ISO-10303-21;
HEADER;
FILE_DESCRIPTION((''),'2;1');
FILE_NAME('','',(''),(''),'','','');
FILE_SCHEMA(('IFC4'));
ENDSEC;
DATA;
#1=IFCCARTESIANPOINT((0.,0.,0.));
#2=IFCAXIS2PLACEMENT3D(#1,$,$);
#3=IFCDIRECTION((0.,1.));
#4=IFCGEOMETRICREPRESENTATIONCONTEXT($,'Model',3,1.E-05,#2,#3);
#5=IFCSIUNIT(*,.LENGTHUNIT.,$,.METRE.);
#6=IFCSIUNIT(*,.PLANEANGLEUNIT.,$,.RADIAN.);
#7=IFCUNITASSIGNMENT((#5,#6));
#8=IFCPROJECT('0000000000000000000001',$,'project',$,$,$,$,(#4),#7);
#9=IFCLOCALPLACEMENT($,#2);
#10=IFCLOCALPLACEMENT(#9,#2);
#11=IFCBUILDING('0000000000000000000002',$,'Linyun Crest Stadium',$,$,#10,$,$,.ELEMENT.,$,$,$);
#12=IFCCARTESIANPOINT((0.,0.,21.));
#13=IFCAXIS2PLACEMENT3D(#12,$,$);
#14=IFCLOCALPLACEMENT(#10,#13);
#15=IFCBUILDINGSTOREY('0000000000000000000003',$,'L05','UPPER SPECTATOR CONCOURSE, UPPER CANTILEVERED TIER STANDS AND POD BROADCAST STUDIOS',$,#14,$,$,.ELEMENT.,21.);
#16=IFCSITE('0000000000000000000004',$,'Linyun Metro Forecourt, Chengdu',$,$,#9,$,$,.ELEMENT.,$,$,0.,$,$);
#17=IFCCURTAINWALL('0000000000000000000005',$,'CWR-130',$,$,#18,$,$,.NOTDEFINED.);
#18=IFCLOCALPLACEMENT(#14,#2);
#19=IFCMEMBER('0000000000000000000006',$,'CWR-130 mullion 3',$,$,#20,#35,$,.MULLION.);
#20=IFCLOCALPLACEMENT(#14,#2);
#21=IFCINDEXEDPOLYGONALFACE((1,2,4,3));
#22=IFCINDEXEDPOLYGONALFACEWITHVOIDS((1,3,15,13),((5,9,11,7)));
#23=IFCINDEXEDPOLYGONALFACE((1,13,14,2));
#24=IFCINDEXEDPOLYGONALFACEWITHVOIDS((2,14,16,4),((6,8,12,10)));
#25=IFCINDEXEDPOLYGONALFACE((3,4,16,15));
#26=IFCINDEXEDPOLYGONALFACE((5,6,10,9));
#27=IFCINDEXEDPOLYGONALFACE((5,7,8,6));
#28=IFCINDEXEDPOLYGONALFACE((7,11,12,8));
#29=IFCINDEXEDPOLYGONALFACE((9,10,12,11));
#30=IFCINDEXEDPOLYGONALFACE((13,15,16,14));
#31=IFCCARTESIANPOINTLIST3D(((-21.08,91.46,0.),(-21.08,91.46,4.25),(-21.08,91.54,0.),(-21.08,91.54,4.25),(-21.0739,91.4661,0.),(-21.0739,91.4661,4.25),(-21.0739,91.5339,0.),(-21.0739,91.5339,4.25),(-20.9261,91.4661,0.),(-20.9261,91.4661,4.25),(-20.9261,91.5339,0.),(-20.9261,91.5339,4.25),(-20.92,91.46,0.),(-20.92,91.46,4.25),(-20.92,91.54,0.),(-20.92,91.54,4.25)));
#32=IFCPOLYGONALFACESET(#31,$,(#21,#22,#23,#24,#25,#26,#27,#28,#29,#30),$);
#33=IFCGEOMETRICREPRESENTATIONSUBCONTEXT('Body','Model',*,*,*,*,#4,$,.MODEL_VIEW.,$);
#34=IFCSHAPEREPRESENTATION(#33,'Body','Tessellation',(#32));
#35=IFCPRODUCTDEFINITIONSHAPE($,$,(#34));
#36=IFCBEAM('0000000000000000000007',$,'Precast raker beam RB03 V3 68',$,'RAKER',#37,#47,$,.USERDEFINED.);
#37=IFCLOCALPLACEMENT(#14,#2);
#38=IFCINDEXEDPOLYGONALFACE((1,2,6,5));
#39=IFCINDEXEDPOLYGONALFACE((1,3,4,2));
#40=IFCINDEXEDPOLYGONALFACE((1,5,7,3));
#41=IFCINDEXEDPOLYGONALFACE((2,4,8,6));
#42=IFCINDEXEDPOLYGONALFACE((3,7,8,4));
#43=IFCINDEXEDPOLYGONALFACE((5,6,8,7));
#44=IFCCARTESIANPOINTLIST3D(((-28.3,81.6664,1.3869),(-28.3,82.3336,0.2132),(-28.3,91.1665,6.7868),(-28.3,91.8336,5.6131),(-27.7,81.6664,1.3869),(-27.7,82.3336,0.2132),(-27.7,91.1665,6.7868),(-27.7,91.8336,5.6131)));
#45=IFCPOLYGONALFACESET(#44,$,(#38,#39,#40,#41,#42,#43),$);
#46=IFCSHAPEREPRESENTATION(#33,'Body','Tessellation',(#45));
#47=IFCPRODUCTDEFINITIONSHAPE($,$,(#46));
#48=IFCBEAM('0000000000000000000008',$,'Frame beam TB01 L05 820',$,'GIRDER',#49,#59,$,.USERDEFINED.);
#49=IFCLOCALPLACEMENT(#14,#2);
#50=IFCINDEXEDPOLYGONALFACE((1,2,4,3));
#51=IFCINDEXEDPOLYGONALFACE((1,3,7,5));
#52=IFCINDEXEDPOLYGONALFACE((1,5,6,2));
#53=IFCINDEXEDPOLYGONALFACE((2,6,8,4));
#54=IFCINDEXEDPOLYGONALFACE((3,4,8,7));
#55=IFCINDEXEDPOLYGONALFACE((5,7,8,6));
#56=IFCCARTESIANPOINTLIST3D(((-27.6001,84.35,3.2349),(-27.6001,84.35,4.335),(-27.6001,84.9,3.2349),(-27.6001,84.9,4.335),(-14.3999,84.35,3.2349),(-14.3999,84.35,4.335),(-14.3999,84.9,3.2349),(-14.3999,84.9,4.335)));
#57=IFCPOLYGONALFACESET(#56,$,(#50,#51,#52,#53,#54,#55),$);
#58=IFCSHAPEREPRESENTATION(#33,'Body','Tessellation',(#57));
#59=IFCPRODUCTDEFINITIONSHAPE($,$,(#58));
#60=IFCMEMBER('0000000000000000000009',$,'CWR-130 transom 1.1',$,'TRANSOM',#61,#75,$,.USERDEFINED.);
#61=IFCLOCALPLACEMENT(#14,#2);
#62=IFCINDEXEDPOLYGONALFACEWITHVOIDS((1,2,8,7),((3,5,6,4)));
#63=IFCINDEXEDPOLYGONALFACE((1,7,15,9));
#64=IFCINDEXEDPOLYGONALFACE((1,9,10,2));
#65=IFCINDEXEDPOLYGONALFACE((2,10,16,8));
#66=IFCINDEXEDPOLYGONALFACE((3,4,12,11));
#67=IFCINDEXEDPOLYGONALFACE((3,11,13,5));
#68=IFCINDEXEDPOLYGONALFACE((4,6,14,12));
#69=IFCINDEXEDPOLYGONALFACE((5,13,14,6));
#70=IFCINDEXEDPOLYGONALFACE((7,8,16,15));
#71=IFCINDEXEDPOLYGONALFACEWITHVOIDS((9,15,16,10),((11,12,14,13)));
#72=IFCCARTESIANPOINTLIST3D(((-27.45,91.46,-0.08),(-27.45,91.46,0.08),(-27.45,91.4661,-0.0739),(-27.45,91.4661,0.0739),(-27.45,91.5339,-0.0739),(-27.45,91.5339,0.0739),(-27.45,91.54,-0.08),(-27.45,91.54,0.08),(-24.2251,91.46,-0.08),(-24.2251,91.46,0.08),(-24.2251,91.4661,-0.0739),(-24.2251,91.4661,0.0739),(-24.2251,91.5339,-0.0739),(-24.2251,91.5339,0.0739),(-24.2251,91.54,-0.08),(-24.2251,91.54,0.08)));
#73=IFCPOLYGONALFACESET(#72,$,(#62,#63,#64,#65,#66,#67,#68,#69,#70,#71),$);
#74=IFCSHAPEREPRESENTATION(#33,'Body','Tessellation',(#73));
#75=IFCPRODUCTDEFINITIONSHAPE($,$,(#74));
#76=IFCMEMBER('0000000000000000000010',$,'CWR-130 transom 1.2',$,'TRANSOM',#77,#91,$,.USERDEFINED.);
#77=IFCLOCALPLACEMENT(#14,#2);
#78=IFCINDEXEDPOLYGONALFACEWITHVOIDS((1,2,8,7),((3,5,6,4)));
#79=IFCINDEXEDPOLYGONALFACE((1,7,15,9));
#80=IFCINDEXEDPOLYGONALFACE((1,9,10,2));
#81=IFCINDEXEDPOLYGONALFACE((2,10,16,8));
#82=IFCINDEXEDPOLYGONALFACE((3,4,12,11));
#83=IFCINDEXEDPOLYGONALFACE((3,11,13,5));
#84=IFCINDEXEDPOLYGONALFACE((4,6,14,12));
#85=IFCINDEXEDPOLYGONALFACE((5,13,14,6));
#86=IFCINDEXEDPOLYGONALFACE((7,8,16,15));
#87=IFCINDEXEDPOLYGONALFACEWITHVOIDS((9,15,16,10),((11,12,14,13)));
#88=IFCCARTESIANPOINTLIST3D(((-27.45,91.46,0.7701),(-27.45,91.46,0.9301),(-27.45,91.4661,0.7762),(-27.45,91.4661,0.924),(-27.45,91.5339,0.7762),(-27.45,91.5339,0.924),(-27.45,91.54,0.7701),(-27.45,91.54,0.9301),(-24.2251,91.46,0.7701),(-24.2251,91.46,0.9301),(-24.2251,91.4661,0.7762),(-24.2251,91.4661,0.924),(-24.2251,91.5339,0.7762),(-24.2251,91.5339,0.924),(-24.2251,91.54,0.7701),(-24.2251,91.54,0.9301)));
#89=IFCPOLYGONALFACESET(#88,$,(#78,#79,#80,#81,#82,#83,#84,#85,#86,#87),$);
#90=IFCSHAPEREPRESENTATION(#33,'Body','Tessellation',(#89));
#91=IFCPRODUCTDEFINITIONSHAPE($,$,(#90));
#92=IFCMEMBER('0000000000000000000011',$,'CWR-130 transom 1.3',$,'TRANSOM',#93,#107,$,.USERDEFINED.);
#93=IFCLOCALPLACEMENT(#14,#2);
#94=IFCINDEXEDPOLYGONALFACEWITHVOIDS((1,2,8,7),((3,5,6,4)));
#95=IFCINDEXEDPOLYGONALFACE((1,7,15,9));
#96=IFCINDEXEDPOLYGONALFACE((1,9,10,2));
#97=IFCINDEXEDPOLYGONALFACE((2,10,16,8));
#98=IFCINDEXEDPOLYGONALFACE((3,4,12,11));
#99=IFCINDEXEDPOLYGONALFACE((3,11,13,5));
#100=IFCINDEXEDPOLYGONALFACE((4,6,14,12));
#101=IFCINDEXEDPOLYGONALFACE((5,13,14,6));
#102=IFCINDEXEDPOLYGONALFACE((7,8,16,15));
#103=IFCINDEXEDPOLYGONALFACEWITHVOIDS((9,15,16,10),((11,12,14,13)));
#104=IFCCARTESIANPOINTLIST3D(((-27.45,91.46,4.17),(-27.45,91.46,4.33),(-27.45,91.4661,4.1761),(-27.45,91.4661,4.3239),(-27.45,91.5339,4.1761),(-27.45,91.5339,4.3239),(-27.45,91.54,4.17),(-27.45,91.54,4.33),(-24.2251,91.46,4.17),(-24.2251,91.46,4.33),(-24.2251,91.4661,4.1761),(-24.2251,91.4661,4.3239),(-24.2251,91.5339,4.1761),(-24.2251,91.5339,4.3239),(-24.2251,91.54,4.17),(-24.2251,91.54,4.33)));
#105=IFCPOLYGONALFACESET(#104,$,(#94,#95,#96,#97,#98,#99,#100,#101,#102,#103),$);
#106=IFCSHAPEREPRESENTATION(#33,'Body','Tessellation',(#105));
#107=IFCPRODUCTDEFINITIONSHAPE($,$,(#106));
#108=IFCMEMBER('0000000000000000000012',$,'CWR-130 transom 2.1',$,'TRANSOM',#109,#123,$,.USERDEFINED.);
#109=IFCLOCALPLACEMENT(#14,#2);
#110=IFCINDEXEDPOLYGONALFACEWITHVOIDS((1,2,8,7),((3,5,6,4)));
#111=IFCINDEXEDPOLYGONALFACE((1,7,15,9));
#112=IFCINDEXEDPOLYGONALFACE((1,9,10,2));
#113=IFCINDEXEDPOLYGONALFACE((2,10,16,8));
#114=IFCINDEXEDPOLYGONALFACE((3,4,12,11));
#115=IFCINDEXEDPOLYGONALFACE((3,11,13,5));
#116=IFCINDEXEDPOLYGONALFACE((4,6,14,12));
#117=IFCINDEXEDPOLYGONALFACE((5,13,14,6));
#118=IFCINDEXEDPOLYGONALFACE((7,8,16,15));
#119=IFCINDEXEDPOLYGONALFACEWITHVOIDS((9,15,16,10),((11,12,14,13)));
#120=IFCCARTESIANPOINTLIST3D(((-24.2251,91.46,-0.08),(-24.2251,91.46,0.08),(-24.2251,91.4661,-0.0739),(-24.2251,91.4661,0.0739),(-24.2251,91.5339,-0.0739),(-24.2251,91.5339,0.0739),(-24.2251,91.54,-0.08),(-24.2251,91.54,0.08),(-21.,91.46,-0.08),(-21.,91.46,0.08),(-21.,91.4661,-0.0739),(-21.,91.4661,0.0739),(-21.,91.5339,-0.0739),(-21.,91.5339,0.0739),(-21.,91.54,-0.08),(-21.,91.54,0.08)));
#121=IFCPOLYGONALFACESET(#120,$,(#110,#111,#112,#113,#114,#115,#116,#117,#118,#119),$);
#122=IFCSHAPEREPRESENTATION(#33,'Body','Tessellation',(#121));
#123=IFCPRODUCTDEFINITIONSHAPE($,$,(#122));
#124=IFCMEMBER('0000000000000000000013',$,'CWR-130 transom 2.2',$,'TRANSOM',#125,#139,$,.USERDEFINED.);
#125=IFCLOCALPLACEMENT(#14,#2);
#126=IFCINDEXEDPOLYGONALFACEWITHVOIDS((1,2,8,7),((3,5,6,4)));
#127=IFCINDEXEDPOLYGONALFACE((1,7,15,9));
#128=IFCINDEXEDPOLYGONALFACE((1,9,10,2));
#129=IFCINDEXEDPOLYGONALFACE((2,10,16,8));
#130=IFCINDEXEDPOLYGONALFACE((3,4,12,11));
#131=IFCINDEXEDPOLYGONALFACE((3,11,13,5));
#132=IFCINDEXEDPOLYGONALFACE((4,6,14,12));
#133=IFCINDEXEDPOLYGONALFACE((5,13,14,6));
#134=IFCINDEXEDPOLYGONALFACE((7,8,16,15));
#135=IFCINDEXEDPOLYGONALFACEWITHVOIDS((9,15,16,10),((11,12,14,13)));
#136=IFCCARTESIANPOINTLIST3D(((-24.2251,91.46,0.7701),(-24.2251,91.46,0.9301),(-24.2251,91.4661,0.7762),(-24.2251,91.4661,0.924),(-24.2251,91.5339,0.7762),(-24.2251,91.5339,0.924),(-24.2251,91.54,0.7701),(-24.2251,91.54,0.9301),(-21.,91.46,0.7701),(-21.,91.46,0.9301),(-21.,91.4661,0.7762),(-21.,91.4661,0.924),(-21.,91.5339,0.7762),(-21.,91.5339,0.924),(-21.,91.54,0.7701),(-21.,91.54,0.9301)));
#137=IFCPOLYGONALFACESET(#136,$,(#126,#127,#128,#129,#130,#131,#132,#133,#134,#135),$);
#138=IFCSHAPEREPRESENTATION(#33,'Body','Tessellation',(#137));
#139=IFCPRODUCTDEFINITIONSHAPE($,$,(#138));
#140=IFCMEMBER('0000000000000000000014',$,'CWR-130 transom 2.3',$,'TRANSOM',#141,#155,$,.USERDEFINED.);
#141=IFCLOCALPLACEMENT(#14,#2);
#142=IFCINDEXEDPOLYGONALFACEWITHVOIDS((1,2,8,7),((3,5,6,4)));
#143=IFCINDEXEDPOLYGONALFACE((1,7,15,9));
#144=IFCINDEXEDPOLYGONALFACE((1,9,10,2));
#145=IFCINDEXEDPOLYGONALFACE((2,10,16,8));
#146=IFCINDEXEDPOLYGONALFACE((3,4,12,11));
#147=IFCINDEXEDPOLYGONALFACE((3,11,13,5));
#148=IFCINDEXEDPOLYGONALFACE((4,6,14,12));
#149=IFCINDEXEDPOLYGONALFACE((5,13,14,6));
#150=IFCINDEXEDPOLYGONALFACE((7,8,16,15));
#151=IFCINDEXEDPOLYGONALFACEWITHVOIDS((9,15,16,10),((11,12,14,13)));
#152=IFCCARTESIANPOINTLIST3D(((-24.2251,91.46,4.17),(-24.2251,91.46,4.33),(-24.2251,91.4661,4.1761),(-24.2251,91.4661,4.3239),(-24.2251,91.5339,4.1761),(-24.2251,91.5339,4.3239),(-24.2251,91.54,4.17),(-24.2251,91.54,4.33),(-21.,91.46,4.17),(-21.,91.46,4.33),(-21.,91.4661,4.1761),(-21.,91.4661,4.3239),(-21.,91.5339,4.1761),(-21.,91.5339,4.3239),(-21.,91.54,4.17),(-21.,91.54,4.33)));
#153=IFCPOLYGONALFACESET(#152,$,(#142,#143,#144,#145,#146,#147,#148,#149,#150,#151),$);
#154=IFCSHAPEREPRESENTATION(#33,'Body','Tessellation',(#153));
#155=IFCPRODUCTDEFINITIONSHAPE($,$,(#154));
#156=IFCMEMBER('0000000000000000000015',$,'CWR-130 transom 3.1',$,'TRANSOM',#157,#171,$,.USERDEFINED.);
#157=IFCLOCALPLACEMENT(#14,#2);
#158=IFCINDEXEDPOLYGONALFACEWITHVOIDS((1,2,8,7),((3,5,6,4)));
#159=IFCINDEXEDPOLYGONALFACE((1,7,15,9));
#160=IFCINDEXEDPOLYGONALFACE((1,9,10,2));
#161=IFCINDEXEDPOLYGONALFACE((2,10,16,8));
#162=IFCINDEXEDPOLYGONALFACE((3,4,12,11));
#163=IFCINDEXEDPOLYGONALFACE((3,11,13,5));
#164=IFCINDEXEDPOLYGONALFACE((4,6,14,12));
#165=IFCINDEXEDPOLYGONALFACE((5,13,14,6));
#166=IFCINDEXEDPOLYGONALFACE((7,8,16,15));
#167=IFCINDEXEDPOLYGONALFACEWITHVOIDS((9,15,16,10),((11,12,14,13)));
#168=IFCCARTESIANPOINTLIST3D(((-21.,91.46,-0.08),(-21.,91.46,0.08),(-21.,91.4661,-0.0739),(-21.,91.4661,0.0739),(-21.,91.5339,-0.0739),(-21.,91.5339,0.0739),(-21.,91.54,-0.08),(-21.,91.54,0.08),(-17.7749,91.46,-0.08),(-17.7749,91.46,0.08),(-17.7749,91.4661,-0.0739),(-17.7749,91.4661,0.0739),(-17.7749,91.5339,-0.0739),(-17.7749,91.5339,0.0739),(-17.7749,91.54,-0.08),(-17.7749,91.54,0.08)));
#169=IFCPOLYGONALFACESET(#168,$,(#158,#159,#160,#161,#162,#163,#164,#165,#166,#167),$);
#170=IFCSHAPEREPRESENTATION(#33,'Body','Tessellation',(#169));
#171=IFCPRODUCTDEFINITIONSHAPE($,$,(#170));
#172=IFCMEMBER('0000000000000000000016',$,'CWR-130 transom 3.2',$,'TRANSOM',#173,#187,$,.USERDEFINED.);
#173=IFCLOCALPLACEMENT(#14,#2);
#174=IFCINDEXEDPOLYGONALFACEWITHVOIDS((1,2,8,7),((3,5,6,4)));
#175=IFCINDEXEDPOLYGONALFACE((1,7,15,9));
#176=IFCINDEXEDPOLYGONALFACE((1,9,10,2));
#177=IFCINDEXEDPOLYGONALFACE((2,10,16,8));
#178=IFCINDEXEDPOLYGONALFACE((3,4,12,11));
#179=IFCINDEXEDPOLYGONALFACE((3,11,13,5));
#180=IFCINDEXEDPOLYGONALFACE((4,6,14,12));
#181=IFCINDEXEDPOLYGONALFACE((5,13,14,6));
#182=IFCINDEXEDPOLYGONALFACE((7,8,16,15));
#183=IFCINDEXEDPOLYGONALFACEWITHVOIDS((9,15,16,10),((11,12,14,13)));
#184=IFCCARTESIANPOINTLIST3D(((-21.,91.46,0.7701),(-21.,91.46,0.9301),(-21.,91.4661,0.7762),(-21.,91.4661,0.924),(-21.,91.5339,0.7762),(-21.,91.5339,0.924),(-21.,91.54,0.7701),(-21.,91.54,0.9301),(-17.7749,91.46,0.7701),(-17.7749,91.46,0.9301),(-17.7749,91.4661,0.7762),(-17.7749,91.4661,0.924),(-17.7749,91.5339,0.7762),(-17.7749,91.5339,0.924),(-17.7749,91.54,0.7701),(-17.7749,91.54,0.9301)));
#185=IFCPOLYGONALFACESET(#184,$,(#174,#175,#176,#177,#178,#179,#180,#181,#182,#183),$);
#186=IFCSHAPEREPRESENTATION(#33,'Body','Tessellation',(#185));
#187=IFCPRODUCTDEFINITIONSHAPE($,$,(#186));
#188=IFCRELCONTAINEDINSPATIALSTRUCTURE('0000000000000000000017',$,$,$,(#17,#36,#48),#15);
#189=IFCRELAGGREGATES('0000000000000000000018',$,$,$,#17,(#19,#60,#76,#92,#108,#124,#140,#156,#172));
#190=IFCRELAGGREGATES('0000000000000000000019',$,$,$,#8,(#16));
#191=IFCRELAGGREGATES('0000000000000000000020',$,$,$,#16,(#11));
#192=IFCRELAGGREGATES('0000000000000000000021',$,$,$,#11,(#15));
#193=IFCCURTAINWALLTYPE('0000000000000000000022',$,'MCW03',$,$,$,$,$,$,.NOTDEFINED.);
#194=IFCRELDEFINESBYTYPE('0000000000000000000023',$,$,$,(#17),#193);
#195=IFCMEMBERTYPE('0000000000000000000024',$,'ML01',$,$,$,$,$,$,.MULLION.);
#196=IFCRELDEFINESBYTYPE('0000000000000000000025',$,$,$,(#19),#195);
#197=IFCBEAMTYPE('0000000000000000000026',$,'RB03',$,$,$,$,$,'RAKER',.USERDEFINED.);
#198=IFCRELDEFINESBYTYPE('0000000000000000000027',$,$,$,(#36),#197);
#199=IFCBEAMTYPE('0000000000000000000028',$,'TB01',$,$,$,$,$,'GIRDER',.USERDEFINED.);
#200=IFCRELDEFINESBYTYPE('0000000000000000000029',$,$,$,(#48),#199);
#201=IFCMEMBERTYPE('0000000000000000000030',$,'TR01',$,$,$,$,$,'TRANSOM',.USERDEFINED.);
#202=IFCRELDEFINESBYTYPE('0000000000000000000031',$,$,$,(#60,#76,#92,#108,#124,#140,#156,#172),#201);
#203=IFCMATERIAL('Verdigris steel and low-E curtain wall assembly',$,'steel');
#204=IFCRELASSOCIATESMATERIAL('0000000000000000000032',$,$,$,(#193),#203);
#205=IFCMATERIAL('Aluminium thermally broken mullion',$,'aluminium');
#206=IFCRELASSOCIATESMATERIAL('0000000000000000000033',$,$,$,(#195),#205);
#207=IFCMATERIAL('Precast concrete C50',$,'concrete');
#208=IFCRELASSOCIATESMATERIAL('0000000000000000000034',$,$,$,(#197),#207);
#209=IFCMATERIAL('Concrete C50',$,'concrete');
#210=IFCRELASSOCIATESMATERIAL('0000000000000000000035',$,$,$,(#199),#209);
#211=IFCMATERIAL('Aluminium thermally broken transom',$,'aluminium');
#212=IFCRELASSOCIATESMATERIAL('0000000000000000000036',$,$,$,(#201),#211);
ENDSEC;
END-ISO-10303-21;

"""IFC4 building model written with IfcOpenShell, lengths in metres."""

from ifc_helpers import new_model, si_unit, direction, frame, origin, origin_2d, place, context, subcontext, project, spatial, rectangle, hollow_rectangle, extrude, material, material_profile, profile_set, type_object, element, aggregate, save


model = new_model("IFC4")

# Units and contexts
model_context = context("Model", 3, precision=1e-05, world=origin(), true_north=direction((0.0, 1.0)))
body_context = subcontext(model_context, "Body", "Model", "MODEL_VIEW")
ifc_project = project(units=[si_unit("LENGTHUNIT", "METRE"), si_unit("PLANEANGLEUNIT", "RADIAN")], contexts=[model_context])

# Site, building, storey
site_placement = place(None, origin())
site = spatial("IfcSite", under=ifc_project, at=site_placement, Name="Linyun Metro Forecourt, Chengdu", CompositionType="ELEMENT", RefElevation=0.0)
building_placement = place(site_placement, origin())
building = spatial("IfcBuilding", under=site, at=building_placement, Name="Linyun Crest Stadium", CompositionType="ELEMENT")
storey_placement = place(building_placement, frame((0.0, 0.0, 21.0)))
storey = spatial("IfcBuildingStorey", under=building, at=storey_placement, Name="L05", Description="UPPER SPECTATOR CONCOURSE, UPPER CANTILEVERED TIER STANDS AND POD BROADCAST STUDIOS", CompositionType="ELEMENT", Elevation=21.0)

# Curtain wall, member
ifc_material_1 = material(Name="Verdigris steel and low-E curtain wall assembly", Category="steel")
curtain_wall_type = type_object("IfcCurtainWallType", Name="MCW03", PredefinedType="NOTDEFINED", material=ifc_material_1)
curtain_wall_placement = place(storey_placement, origin())
curtain_wall = element("IfcCurtainWall", 1, at=curtain_wall_placement, inside=storey, type_object=curtain_wall_type, Name="CWR-130", PredefinedType="NOTDEFINED")
ifc_material_2 = material(Name="Aluminium thermally broken mullion", Category="aluminium")
ifc_material_profile_1 = material_profile(ifc_material_2, hollow_rectangle(XDim=0.0801, YDim=0.1599, WallThickness=0.0061, at=origin_2d()), Name="RHS 160x80x6")
ifc_profile_set_1 = profile_set([ifc_material_profile_1], Name="Aluminium thermally broken mullion")
member_type_1 = type_object("IfcMemberType", Name="ML01", PredefinedType="MULLION", material=ifc_profile_set_1)
member_1_placement = place(storey_placement, frame((-21.0, 91.5, 0.0), z_axis=(0.0, 0.0, 1.0), x_axis=(0.0, 1.0, 0.0)))
member_1 = element("IfcMember", 2, at=member_1_placement, type_object=member_type_1, Name="CWR-130 mullion 3", PredefinedType="MULLION", context=body_context, shape_type="SweptSolid", body=[
    extrude(hollow_rectangle(XDim=0.0801, YDim=0.1599, WallThickness=0.0061, at=origin_2d()), origin(), (0.0, 0.0, 1.0), 4.25),
])

# Beams
ifc_material_3 = material(Name="Precast concrete C50", Category="concrete")
ifc_material_profile_2 = material_profile(ifc_material_3, rectangle(XDim=0.6001, YDim=1.3501, at=origin_2d()), Name="PCR 1350x600")
ifc_profile_set_2 = profile_set([ifc_material_profile_2], Name="Precast concrete C50")
beam_type_1 = type_object("IfcBeamType", Name="RB03", ElementType="RAKER", PredefinedType="USERDEFINED", material=ifc_profile_set_2)
beam_1_placement = place(storey_placement, frame((-28.0, 82.0, 0.8), z_axis=(0.0, 0.869371, 0.49416), x_axis=(-1.0, 0.0, 0.0)))
element("IfcBeam", 3, at=beam_1_placement, inside=storey, type_object=beam_type_1, Name="Precast raker beam RB03 V3 68", ObjectType="RAKER", PredefinedType="USERDEFINED", context=body_context, shape_type="SweptSolid", body=[
    extrude(rectangle(XDim=0.6001, YDim=1.3501, at=origin_2d()), origin(), (0.0, 0.0, 1.0), 10.9275),
])
ifc_material_4 = material(Name="Concrete C50", Category="concrete")
ifc_material_profile_3 = material_profile(ifc_material_4, rectangle(XDim=0.55, YDim=1.1001, at=origin_2d()), Name="RCB 1100x550")
ifc_profile_set_3 = profile_set([ifc_material_profile_3], Name="Concrete C50")
beam_type_2 = type_object("IfcBeamType", Name="TB01", ElementType="GIRDER", PredefinedType="USERDEFINED", material=ifc_profile_set_3)
beam_2_placement = place(storey_placement, frame((-27.6001, 84.625, 3.7849), z_axis=(1.0, 0.0, 0.0), x_axis=(0.0, 1.0, 0.0)))
element("IfcBeam", 4, at=beam_2_placement, inside=storey, type_object=beam_type_2, Name="Frame beam TB01 L05 820", ObjectType="GIRDER", PredefinedType="USERDEFINED", context=body_context, shape_type="SweptSolid", body=[
    extrude(rectangle(XDim=0.55, YDim=1.1001, at=origin_2d()), origin(), (0.0, 0.0, 1.0), 13.2002),
])

# Members
ifc_material_5 = material(Name="Aluminium thermally broken transom", Category="aluminium")
ifc_material_profile_4 = material_profile(ifc_material_5, hollow_rectangle(XDim=0.0801, YDim=0.1599, WallThickness=0.0061, at=origin_2d()), Name="RHS 160x80x6")
ifc_profile_set_4 = profile_set([ifc_material_profile_4], Name="Aluminium thermally broken transom")
member_type_2 = type_object("IfcMemberType", Name="TR01", ElementType="TRANSOM", PredefinedType="USERDEFINED", material=ifc_profile_set_4)
member_2_placement = place(storey_placement, frame((-27.45, 91.5, 0.0), z_axis=(1.0, 0.0, 0.0), x_axis=(0.0, 1.0, 0.0)))
member_2 = element("IfcMember", 5, at=member_2_placement, type_object=member_type_2, Name="CWR-130 transom 1.1", ObjectType="TRANSOM", PredefinedType="USERDEFINED", context=body_context, shape_type="SweptSolid", body=[
    extrude(hollow_rectangle(XDim=0.0801, YDim=0.1599, WallThickness=0.0061, at=origin_2d()), origin(), (0.0, 0.0, 1.0), 3.2249),
])
member_3_placement = place(storey_placement, frame((-27.45, 91.5, 0.8501), z_axis=(1.0, 0.0, 0.0), x_axis=(0.0, 1.0, 0.0)))
member_3 = element("IfcMember", 6, at=member_3_placement, type_object=member_type_2, Name="CWR-130 transom 1.2", ObjectType="TRANSOM", PredefinedType="USERDEFINED", context=body_context, shape_type="SweptSolid", body=[
    extrude(hollow_rectangle(XDim=0.0801, YDim=0.1599, WallThickness=0.0061, at=origin_2d()), origin(), (0.0, 0.0, 1.0), 3.2249),
])
member_4_placement = place(storey_placement, frame((-27.45, 91.5, 4.25), z_axis=(1.0, 0.0, 0.0), x_axis=(0.0, 1.0, 0.0)))
member_4 = element("IfcMember", 7, at=member_4_placement, type_object=member_type_2, Name="CWR-130 transom 1.3", ObjectType="TRANSOM", PredefinedType="USERDEFINED", context=body_context, shape_type="SweptSolid", body=[
    extrude(hollow_rectangle(XDim=0.0801, YDim=0.1599, WallThickness=0.0061, at=origin_2d()), origin(), (0.0, 0.0, 1.0), 3.2249),
])
member_5_placement = place(storey_placement, frame((-24.2251, 91.5, 0.0), z_axis=(1.0, 0.0, 0.0), x_axis=(0.0, 1.0, 0.0)))
member_5 = element("IfcMember", 8, at=member_5_placement, type_object=member_type_2, Name="CWR-130 transom 2.1", ObjectType="TRANSOM", PredefinedType="USERDEFINED", context=body_context, shape_type="SweptSolid", body=[
    extrude(hollow_rectangle(XDim=0.0801, YDim=0.1599, WallThickness=0.0061, at=origin_2d()), origin(), (0.0, 0.0, 1.0), 3.2251),
])
member_6_placement = place(storey_placement, frame((-24.2251, 91.5, 0.8501), z_axis=(1.0, 0.0, 0.0), x_axis=(0.0, 1.0, 0.0)))
member_6 = element("IfcMember", 9, at=member_6_placement, type_object=member_type_2, Name="CWR-130 transom 2.2", ObjectType="TRANSOM", PredefinedType="USERDEFINED", context=body_context, shape_type="SweptSolid", body=[
    extrude(hollow_rectangle(XDim=0.0801, YDim=0.1599, WallThickness=0.0061, at=origin_2d()), origin(), (0.0, 0.0, 1.0), 3.2251),
])
member_7_placement = place(storey_placement, frame((-24.2251, 91.5, 4.25), z_axis=(1.0, 0.0, 0.0), x_axis=(0.0, 1.0, 0.0)))
member_7 = element("IfcMember", 10, at=member_7_placement, type_object=member_type_2, Name="CWR-130 transom 2.3", ObjectType="TRANSOM", PredefinedType="USERDEFINED", context=body_context, shape_type="SweptSolid", body=[
    extrude(hollow_rectangle(XDim=0.0801, YDim=0.1599, WallThickness=0.0061, at=origin_2d()), origin(), (0.0, 0.0, 1.0), 3.2251),
])
member_8_placement = place(storey_placement, frame((-21.0, 91.5, 0.0), z_axis=(1.0, 0.0, 0.0), x_axis=(0.0, 1.0, 0.0)))
member_8 = element("IfcMember", 11, at=member_8_placement, type_object=member_type_2, Name="CWR-130 transom 3.1", ObjectType="TRANSOM", PredefinedType="USERDEFINED", context=body_context, shape_type="SweptSolid", body=[
    extrude(hollow_rectangle(XDim=0.0801, YDim=0.1599, WallThickness=0.0061, at=origin_2d()), origin(), (0.0, 0.0, 1.0), 3.2251),
])
member_9_placement = place(storey_placement, frame((-21.0, 91.5, 0.8501), z_axis=(1.0, 0.0, 0.0), x_axis=(0.0, 1.0, 0.0)))
member_9 = element("IfcMember", 12, at=member_9_placement, type_object=member_type_2, Name="CWR-130 transom 3.2", ObjectType="TRANSOM", PredefinedType="USERDEFINED", context=body_context, shape_type="SweptSolid", body=[
    extrude(hollow_rectangle(XDim=0.0801, YDim=0.1599, WallThickness=0.0061, at=origin_2d()), origin(), (0.0, 0.0, 1.0), 3.2251),
])

aggregate(curtain_wall, [member_1, member_2, member_3, member_4, member_5, member_6, member_7, member_8, member_9])

save(model, "model.ifc")
